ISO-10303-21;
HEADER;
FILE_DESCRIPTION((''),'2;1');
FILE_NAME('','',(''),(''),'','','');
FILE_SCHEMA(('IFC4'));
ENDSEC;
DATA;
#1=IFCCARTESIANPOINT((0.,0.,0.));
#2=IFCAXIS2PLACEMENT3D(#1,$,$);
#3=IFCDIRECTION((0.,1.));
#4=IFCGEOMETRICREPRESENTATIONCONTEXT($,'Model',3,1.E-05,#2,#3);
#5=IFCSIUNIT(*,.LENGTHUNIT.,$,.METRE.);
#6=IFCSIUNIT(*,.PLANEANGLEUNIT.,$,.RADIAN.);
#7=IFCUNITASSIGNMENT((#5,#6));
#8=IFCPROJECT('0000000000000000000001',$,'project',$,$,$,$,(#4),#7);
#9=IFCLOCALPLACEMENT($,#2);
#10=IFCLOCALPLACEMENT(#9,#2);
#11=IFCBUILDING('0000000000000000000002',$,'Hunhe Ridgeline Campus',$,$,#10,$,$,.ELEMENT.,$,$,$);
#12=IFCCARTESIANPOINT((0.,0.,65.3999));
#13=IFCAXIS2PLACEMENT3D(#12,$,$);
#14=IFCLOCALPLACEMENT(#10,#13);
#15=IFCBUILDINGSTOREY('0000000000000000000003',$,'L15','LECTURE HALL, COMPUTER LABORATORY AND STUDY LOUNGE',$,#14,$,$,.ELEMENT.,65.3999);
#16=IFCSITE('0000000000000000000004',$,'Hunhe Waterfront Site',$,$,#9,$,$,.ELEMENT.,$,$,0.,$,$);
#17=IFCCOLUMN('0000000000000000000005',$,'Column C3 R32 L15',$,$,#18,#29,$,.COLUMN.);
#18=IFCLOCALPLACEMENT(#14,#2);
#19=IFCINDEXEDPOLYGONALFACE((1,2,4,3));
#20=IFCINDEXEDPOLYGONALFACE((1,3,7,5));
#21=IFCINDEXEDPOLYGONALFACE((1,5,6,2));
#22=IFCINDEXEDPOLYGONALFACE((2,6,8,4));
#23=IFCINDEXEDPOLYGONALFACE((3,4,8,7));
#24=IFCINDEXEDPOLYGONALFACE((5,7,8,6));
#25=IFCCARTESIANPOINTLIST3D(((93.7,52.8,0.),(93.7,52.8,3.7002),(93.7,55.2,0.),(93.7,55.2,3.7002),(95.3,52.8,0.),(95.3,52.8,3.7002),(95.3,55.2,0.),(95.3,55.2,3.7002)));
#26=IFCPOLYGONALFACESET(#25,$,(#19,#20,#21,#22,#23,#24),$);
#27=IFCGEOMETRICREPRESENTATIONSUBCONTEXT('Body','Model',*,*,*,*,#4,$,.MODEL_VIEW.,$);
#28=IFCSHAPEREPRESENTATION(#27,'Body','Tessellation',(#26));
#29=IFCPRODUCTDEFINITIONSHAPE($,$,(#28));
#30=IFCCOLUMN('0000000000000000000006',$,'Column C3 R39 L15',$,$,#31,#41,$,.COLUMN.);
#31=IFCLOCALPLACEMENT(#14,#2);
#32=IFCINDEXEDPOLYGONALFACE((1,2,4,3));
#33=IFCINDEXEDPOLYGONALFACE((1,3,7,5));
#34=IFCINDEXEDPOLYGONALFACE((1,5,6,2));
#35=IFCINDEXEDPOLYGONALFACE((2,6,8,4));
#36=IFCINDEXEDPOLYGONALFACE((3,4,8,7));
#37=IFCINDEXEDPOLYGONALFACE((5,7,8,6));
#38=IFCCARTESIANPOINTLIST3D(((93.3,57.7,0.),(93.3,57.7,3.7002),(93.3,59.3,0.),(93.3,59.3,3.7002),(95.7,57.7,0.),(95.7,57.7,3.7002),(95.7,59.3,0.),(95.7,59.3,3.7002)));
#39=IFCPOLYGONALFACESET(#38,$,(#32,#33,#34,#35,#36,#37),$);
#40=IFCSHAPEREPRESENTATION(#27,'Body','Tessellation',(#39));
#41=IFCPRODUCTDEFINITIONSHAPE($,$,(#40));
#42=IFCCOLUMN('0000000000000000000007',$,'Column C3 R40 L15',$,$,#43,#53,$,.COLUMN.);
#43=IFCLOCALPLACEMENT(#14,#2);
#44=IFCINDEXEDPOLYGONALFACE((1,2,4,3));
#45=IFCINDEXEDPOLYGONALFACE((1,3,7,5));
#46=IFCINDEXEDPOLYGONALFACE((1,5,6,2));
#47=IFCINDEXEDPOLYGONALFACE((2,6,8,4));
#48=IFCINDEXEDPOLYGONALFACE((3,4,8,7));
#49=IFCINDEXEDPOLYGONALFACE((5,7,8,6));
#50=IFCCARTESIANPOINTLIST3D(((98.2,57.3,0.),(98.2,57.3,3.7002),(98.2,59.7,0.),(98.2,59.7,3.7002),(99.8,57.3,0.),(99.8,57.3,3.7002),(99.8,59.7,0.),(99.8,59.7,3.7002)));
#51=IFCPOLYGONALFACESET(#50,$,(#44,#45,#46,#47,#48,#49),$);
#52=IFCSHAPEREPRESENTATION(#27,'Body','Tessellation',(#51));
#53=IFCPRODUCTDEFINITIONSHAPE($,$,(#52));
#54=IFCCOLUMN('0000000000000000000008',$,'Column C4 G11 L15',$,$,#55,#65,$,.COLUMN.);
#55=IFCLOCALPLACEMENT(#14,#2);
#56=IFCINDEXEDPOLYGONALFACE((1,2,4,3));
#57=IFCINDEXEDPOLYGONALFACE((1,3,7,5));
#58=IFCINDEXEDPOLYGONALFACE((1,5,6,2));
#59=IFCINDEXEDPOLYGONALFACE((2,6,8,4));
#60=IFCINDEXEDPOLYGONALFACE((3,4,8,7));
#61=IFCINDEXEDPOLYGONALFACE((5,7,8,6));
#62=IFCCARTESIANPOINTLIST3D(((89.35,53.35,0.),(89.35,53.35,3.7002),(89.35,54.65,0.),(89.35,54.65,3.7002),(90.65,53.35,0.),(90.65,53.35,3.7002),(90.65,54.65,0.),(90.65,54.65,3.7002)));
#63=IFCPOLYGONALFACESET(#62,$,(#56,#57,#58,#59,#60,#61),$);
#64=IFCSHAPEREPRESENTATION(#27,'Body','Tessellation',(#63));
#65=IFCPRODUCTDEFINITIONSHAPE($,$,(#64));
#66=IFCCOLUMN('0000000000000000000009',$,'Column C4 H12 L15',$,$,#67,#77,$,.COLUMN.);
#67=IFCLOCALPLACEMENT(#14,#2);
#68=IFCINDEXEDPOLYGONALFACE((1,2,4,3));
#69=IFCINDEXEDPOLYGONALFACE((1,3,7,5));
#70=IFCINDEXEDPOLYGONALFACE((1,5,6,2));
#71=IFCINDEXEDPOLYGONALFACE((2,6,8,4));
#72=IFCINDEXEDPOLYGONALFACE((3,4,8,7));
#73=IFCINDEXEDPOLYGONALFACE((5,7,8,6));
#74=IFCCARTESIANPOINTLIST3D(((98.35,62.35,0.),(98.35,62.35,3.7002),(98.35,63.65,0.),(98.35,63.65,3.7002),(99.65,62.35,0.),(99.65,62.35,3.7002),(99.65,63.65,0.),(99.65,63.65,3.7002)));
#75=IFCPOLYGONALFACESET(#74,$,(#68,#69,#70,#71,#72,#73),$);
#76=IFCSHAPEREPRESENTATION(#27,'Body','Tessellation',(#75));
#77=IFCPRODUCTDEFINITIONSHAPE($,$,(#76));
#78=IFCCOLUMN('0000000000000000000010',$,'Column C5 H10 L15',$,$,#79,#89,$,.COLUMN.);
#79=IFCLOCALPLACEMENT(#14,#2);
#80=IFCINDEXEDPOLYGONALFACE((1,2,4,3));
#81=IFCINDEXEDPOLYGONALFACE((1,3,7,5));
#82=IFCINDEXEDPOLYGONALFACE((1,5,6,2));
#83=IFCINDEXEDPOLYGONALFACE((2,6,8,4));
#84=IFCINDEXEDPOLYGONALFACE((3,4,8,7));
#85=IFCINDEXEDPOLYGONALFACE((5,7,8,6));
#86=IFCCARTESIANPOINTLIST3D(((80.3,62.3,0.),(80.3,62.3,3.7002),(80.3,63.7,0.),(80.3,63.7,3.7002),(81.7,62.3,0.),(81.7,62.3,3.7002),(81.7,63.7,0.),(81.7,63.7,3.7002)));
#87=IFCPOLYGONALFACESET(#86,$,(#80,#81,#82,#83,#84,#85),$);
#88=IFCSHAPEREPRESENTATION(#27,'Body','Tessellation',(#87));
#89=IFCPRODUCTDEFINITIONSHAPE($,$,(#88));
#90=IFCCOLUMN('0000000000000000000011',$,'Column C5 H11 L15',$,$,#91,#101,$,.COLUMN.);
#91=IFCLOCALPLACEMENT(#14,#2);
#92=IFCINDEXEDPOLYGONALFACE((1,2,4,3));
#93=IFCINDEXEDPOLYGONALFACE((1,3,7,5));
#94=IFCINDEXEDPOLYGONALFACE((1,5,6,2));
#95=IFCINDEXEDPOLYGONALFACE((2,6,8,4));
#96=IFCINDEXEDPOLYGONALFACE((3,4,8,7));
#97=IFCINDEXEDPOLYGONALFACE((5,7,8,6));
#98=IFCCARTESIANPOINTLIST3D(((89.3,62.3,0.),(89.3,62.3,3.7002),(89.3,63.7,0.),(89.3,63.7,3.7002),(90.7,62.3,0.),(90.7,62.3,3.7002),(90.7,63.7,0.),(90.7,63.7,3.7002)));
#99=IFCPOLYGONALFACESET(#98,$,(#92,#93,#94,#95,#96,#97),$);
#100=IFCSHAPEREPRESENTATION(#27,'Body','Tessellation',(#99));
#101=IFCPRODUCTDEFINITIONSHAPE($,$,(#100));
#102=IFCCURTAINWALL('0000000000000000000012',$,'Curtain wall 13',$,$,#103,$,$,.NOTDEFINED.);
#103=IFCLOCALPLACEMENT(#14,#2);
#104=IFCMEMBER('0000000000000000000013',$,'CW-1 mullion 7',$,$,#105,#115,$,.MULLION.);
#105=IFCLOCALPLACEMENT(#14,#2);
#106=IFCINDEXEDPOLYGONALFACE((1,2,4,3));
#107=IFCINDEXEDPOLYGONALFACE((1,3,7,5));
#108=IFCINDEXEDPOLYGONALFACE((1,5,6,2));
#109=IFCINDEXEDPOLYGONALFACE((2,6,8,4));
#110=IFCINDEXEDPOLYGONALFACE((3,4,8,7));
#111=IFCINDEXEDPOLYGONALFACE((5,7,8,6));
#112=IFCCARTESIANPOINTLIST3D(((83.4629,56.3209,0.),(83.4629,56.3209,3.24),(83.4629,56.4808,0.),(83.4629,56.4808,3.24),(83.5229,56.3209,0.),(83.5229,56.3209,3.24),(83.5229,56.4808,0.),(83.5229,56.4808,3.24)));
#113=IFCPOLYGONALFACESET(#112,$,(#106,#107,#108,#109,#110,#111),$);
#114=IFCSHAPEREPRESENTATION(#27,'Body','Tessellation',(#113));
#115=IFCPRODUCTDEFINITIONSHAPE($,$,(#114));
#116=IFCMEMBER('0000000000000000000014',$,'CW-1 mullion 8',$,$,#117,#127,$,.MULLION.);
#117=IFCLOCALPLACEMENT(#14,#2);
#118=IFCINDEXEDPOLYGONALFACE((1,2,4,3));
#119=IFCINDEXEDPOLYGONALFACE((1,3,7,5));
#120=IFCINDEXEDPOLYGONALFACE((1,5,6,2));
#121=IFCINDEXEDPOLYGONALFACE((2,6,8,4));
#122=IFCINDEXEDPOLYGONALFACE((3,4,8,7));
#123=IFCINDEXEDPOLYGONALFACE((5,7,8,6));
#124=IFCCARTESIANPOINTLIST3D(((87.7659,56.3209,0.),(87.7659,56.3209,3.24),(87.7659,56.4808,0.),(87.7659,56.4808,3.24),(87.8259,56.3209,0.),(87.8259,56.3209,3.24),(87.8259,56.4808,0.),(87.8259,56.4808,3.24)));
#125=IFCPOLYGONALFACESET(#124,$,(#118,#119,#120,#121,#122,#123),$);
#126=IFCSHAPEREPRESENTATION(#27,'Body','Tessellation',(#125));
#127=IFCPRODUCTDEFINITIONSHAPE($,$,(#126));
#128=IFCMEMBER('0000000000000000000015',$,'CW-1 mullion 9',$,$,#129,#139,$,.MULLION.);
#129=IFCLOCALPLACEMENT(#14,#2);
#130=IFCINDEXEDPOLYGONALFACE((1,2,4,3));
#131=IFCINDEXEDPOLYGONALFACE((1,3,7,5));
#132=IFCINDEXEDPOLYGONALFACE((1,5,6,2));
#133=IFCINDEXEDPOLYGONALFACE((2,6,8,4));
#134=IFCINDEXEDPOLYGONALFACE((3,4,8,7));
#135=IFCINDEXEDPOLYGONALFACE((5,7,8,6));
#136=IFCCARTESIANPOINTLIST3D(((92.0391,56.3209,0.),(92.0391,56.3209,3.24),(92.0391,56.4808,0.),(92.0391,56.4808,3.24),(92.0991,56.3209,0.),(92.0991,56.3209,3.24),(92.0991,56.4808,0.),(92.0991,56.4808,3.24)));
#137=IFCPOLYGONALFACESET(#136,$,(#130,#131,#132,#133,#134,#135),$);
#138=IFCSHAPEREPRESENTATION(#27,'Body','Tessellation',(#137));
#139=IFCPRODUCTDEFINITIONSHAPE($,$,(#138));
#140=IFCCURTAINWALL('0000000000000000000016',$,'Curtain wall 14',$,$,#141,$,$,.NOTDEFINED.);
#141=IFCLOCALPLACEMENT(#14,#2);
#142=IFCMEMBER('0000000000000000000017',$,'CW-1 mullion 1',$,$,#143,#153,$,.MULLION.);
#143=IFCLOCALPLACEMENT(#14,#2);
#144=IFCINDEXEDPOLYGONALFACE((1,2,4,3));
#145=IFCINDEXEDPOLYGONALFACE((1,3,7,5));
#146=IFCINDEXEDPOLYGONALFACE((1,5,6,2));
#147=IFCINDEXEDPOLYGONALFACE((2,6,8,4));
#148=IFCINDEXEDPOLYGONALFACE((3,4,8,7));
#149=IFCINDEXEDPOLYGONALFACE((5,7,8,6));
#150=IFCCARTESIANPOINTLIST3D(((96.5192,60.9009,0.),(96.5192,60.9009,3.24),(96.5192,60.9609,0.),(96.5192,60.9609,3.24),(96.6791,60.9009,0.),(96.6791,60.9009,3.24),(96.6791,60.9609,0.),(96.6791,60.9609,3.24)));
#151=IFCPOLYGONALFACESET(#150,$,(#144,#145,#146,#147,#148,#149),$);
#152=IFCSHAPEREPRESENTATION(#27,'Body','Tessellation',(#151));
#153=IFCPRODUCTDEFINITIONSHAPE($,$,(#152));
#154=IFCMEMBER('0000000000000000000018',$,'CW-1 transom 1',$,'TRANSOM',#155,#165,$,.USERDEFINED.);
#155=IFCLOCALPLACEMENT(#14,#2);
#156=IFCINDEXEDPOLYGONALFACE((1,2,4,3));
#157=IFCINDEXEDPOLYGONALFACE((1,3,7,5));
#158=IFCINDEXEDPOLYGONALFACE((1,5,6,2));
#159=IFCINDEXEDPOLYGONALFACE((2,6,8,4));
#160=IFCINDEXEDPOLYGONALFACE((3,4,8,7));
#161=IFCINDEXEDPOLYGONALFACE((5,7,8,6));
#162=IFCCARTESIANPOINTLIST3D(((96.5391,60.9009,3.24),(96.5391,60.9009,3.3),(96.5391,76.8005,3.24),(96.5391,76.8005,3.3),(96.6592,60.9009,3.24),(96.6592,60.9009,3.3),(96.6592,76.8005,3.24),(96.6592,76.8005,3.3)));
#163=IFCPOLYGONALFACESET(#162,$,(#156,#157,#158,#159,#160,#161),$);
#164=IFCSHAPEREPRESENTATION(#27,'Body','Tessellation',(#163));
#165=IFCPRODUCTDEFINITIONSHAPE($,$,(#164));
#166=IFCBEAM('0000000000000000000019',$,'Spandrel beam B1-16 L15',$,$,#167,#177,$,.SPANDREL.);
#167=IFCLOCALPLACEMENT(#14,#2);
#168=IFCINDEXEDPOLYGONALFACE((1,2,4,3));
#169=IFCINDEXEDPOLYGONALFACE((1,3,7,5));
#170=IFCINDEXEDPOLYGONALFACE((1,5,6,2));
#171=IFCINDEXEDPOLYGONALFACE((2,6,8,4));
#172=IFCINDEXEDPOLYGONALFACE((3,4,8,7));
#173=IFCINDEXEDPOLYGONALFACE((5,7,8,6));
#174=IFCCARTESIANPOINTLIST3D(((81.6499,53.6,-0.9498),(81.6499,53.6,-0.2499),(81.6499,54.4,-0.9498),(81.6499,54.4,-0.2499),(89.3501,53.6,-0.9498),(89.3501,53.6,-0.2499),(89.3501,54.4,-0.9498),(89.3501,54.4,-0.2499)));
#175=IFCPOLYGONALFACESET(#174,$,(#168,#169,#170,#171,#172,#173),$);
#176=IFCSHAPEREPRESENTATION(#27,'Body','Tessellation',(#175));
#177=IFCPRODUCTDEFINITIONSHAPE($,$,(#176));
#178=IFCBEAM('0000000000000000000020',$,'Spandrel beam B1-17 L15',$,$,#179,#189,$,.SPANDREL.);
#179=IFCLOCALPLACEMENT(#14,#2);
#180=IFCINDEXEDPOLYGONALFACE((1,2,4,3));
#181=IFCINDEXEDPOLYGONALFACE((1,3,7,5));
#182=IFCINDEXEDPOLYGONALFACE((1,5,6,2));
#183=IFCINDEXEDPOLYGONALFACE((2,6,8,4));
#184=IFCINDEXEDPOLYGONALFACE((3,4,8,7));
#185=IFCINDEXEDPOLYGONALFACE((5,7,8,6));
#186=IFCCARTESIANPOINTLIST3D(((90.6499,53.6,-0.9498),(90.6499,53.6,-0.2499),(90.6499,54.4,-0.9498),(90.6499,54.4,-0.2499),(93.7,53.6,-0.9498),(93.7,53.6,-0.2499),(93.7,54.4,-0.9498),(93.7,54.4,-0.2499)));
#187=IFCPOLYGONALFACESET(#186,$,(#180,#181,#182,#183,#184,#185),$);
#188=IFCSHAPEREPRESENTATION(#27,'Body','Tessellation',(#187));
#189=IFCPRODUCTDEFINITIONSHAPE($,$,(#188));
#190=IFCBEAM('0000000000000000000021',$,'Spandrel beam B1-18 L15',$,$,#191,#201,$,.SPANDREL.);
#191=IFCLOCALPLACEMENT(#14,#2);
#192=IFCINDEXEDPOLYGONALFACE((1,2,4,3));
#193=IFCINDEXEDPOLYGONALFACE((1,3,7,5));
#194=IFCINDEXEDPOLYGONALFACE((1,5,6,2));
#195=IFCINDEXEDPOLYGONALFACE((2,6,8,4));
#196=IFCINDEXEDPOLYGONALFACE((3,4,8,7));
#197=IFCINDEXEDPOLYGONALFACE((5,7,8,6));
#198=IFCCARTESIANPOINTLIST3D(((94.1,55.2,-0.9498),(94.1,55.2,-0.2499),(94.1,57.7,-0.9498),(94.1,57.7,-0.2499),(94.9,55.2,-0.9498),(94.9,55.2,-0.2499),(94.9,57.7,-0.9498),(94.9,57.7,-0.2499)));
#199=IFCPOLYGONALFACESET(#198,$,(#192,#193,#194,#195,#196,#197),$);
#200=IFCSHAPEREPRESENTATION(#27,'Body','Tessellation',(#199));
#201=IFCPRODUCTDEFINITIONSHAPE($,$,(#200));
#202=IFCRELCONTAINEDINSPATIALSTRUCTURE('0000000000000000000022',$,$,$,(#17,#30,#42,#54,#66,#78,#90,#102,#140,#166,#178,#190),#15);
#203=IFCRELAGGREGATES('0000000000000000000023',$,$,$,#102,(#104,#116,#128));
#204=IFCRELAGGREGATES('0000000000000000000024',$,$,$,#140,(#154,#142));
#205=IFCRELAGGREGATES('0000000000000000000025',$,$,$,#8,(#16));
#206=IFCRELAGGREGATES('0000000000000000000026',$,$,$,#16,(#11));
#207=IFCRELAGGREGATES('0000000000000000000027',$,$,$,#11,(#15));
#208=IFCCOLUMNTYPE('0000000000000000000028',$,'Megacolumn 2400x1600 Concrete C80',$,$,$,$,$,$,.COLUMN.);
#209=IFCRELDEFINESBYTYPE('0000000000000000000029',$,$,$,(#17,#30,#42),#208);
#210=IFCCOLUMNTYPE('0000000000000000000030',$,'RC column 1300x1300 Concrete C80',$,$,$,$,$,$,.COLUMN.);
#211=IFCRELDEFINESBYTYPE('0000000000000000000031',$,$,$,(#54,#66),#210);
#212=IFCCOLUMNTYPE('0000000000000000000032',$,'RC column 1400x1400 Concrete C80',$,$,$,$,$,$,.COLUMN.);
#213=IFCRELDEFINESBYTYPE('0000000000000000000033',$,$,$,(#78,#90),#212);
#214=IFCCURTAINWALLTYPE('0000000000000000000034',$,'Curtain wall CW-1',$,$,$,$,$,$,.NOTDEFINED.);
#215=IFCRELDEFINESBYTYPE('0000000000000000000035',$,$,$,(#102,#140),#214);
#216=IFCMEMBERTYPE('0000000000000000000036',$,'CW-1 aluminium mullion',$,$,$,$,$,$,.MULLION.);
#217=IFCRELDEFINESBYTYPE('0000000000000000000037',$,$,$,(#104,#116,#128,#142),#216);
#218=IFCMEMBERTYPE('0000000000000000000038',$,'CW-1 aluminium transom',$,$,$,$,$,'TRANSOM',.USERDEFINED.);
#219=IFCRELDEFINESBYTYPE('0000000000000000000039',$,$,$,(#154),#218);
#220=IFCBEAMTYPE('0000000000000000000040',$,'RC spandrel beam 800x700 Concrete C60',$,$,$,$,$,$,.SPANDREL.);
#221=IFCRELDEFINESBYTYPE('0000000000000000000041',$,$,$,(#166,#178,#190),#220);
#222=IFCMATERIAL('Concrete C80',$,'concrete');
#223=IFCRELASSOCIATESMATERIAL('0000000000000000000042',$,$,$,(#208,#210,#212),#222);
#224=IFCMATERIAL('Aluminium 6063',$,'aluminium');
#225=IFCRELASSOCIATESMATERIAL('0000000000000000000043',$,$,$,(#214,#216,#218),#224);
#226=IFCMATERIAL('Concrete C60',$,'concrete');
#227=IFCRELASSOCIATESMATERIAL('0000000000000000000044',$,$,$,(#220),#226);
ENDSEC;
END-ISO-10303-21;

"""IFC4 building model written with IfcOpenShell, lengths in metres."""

from ifc_helpers import new_model, si_unit, direction, frame, origin, origin_2d, place, context, subcontext, project, spatial, rectangle, extrude, material, material_profile, profile_set, type_object, element, aggregate, save


model = new_model("IFC4")

# Units and contexts
model_context = context("Model", 3, precision=1e-05, world=origin(), true_north=direction((0.0, 1.0)))
body_context = subcontext(model_context, "Body", "Model", "MODEL_VIEW")
ifc_project = project(units=[si_unit("LENGTHUNIT", "METRE"), si_unit("PLANEANGLEUNIT", "RADIAN")], contexts=[model_context])

# Site, building, storey
site_placement = place(None, origin())
site = spatial("IfcSite", under=ifc_project, at=site_placement, Name="Hunhe Waterfront Site", CompositionType="ELEMENT", RefElevation=0.0)
building_placement = place(site_placement, origin())
building = spatial("IfcBuilding", under=site, at=building_placement, Name="Hunhe Ridgeline Campus", CompositionType="ELEMENT")
storey_placement = place(building_placement, frame((0.0, 0.0, 65.3999)))
storey = spatial("IfcBuildingStorey", under=building, at=storey_placement, Name="L15", Description="LECTURE HALL, COMPUTER LABORATORY AND STUDY LOUNGE", CompositionType="ELEMENT", Elevation=65.3999)

# Columns
ifc_material_1 = material(Name="Concrete C80", Category="concrete")
ifc_material_profile_1 = material_profile(ifc_material_1, rectangle(XDim=2.3999, YDim=1.6001, at=origin_2d()))
ifc_profile_set_1 = profile_set([ifc_material_profile_1], Name="Concrete C80")
column_type_1 = type_object("IfcColumnType", Name="Megacolumn 2400x1600 Concrete C80", PredefinedType="COLUMN", material=ifc_profile_set_1)
for number, where, z_axis, x_axis, name in (
    (1, (94.5, 54.0, 0.0), (0.0, 0.0, 1.0), (0.0, 1.0, 0.0), "Column C3 R32 L15"),
    (2, (94.5, 58.5, 0.0), (0.0, 0.0, 1.0), (1.0, 0.0, 0.0), "Column C3 R39 L15"),
    (3, (99.0, 58.5, 0.0), (0.0, 0.0, 1.0), (0.0, 1.0, 0.0), "Column C3 R40 L15"),
):
    element("IfcColumn", number, at=place(storey_placement, frame(where, z_axis=z_axis, x_axis=x_axis)), inside=storey, type_object=column_type_1, Name=name, PredefinedType="COLUMN", context=body_context, shape_type="SweptSolid", body=[
        extrude(rectangle(XDim=2.3999, YDim=1.6001, at=origin_2d()), origin(), (0.0, 0.0, 1.0), 3.7002),
    ])
ifc_material_profile_2 = material_profile(ifc_material_1, rectangle(XDim=1.3, YDim=1.3, at=origin_2d()))
ifc_profile_set_2 = profile_set([ifc_material_profile_2], Name="Concrete C80")
column_type_2 = type_object("IfcColumnType", Name="RC column 1300x1300 Concrete C80", PredefinedType="COLUMN", material=ifc_profile_set_2)
for number, where, z_axis, x_axis, name in (
    (4, (90.0, 54.0, 0.0), (0.0, 0.0, 1.0), (1.0, 0.0, 0.0), "Column C4 G11 L15"),
    (5, (99.0, 63.0, 0.0), (0.0, 0.0, 1.0), (1.0, 0.0, 0.0), "Column C4 H12 L15"),
):
    element("IfcColumn", number, at=place(storey_placement, frame(where, z_axis=z_axis, x_axis=x_axis)), inside=storey, type_object=column_type_2, Name=name, PredefinedType="COLUMN", context=body_context, shape_type="SweptSolid", body=[
        extrude(rectangle(XDim=1.3, YDim=1.3, at=origin_2d()), origin(), (0.0, 0.0, 1.0), 3.7002),
    ])
ifc_material_profile_3 = material_profile(ifc_material_1, rectangle(XDim=1.3999, YDim=1.3999, at=origin_2d()))
ifc_profile_set_3 = profile_set([ifc_material_profile_3], Name="Concrete C80")
column_type_3 = type_object("IfcColumnType", Name="RC column 1400x1400 Concrete C80", PredefinedType="COLUMN", material=ifc_profile_set_3)
for number, where, z_axis, x_axis, name in (
    (6, (81.0, 63.0, 0.0), (0.0, 0.0, 1.0), (1.0, 0.0, 0.0), "Column C5 H10 L15"),
    (7, (90.0, 63.0, 0.0), (0.0, 0.0, 1.0), (1.0, 0.0, 0.0), "Column C5 H11 L15"),
):
    element("IfcColumn", number, at=place(storey_placement, frame(where, z_axis=z_axis, x_axis=x_axis)), inside=storey, type_object=column_type_3, Name=name, PredefinedType="COLUMN", context=body_context, shape_type="SweptSolid", body=[
        extrude(rectangle(XDim=1.3999, YDim=1.3999, at=origin_2d()), origin(), (0.0, 0.0, 1.0), 3.7002),
    ])

# Curtain walls, members
ifc_material_2 = material(Name="Aluminium 6063", Category="aluminium")
curtain_wall_type = type_object("IfcCurtainWallType", Name="Curtain wall CW-1", PredefinedType="NOTDEFINED", material=ifc_material_2)
curtain_wall_1_placement = place(storey_placement, origin())
curtain_wall_1 = element("IfcCurtainWall", 8, at=curtain_wall_1_placement, inside=storey, type_object=curtain_wall_type, Name="Curtain wall 13", PredefinedType="NOTDEFINED")
ifc_material_profile_4 = material_profile(ifc_material_2, rectangle(XDim=0.1599, YDim=0.0601, at=origin_2d()))
ifc_profile_set_4 = profile_set([ifc_material_profile_4], Name="Aluminium 6063")
member_type_1 = type_object("IfcMemberType", Name="CW-1 aluminium mullion", PredefinedType="MULLION", material=ifc_profile_set_4)
member_1_placement = place(storey_placement, frame((83.4929, 56.4009, 0.0), z_axis=(0.0, 0.0, 1.0), x_axis=(-0.000004, 1.0, 0.0)))
member_1 = element("IfcMember", 9, at=member_1_placement, type_object=member_type_1, Name="CW-1 mullion 7", PredefinedType="MULLION", context=body_context, shape_type="SweptSolid", body=[
    extrude(rectangle(XDim=0.1599, YDim=0.0601, at=origin_2d()), origin(), (0.0, 0.0, 1.0), 3.24),
])
member_2_placement = place(storey_placement, frame((87.7959, 56.4009, 0.0), z_axis=(0.0, 0.0, 1.0), x_axis=(-0.000004, 1.0, 0.0)))
member_2 = element("IfcMember", 10, at=member_2_placement, type_object=member_type_1, Name="CW-1 mullion 8", PredefinedType="MULLION", context=body_context, shape_type="SweptSolid", body=[
    extrude(rectangle(XDim=0.1599, YDim=0.0601, at=origin_2d()), origin(), (0.0, 0.0, 1.0), 3.24),
])
member_3_placement = place(storey_placement, frame((92.0691, 56.4009, 0.0), z_axis=(0.0, 0.0, 1.0), x_axis=(-0.000004, 1.0, 0.0)))
member_3 = element("IfcMember", 11, at=member_3_placement, type_object=member_type_1, Name="CW-1 mullion 9", PredefinedType="MULLION", context=body_context, shape_type="SweptSolid", body=[
    extrude(rectangle(XDim=0.1599, YDim=0.0601, at=origin_2d()), origin(), (0.0, 0.0, 1.0), 3.24),
])
curtain_wall_2_placement = place(storey_placement, origin())
curtain_wall_2 = element("IfcCurtainWall", 12, at=curtain_wall_2_placement, inside=storey, type_object=curtain_wall_type, Name="Curtain wall 14", PredefinedType="NOTDEFINED")
member_4_placement = place(storey_placement, frame((96.5991, 60.9309, 0.0), z_axis=(0.0, 0.0, 1.0), x_axis=(-1.0, 0.0, 0.0)))
member_4 = element("IfcMember", 13, at=member_4_placement, type_object=member_type_1, Name="CW-1 mullion 1", PredefinedType="MULLION", context=body_context, shape_type="SweptSolid", body=[
    extrude(rectangle(XDim=0.1599, YDim=0.0601, at=origin_2d()), origin(), (0.0, 0.0, 1.0), 3.24),
])
ifc_material_profile_5 = material_profile(ifc_material_2, rectangle(XDim=0.1201, YDim=0.0601, at=origin_2d()))
ifc_profile_set_5 = profile_set([ifc_material_profile_5], Name="Aluminium 6063")
member_type_2 = type_object("IfcMemberType", Name="CW-1 aluminium transom", ElementType="TRANSOM", PredefinedType="USERDEFINED", material=ifc_profile_set_5)
member_5_placement = place(storey_placement, frame((96.5991, 60.9009, 3.27), z_axis=(0.0, 1.0, 0.0), x_axis=(-1.0, 0.0, 0.0)))
member_5 = element("IfcMember", 14, at=member_5_placement, type_object=member_type_2, Name="CW-1 transom 1", ObjectType="TRANSOM", PredefinedType="USERDEFINED", context=body_context, shape_type="SweptSolid", body=[
    extrude(rectangle(XDim=0.1201, YDim=0.0601, at=origin_2d()), origin(), (0.0, 0.0, 1.0), 15.8997),
])

# Beams
ifc_material_3 = material(Name="Concrete C60", Category="concrete")
ifc_material_profile_6 = material_profile(ifc_material_3, rectangle(XDim=0.8, YDim=0.7, at=origin_2d()))
ifc_profile_set_6 = profile_set([ifc_material_profile_6], Name="Concrete C60")
beam_type = type_object("IfcBeamType", Name="RC spandrel beam 800x700 Concrete C60", PredefinedType="SPANDREL", material=ifc_profile_set_6)
beam_1_placement = place(storey_placement, frame((81.6499, 54.0, -0.5999), z_axis=(1.0, 0.0, 0.0), x_axis=(0.0, 1.0, 0.0)))
element("IfcBeam", 15, at=beam_1_placement, inside=storey, type_object=beam_type, Name="Spandrel beam B1-16 L15", PredefinedType="SPANDREL", context=body_context, shape_type="SweptSolid", body=[
    extrude(rectangle(XDim=0.8, YDim=0.7, at=origin_2d()), origin(), (0.0, 0.0, 1.0), 7.7002),
])
beam_2_placement = place(storey_placement, frame((90.6499, 54.0, -0.5999), z_axis=(1.0, 0.0, 0.0), x_axis=(0.0, 1.0, 0.0)))
element("IfcBeam", 16, at=beam_2_placement, inside=storey, type_object=beam_type, Name="Spandrel beam B1-17 L15", PredefinedType="SPANDREL", context=body_context, shape_type="SweptSolid", body=[
    extrude(rectangle(XDim=0.8, YDim=0.7, at=origin_2d()), origin(), (0.0, 0.0, 1.0), 3.05),
])
for number, where, z_axis, x_axis, name in (
    (17, (94.5, 55.2, -0.5999), (0.0, 1.0, 0.0), (-1.0, 0.0, 0.0), "Spandrel beam B1-18 L15"),
):
    element("IfcBeam", number, at=place(storey_placement, frame(where, z_axis=z_axis, x_axis=x_axis)), inside=storey, type_object=beam_type, Name=name, PredefinedType="SPANDREL", context=body_context, shape_type="SweptSolid", body=[
        extrude(rectangle(XDim=0.8, YDim=0.7, at=origin_2d()), origin(), (0.0, 0.0, 1.0), 2.5),
    ])

aggregate(curtain_wall_1, [member_1, member_2, member_3])
aggregate(curtain_wall_2, [member_5, member_4])

save(model, "model.ifc")
